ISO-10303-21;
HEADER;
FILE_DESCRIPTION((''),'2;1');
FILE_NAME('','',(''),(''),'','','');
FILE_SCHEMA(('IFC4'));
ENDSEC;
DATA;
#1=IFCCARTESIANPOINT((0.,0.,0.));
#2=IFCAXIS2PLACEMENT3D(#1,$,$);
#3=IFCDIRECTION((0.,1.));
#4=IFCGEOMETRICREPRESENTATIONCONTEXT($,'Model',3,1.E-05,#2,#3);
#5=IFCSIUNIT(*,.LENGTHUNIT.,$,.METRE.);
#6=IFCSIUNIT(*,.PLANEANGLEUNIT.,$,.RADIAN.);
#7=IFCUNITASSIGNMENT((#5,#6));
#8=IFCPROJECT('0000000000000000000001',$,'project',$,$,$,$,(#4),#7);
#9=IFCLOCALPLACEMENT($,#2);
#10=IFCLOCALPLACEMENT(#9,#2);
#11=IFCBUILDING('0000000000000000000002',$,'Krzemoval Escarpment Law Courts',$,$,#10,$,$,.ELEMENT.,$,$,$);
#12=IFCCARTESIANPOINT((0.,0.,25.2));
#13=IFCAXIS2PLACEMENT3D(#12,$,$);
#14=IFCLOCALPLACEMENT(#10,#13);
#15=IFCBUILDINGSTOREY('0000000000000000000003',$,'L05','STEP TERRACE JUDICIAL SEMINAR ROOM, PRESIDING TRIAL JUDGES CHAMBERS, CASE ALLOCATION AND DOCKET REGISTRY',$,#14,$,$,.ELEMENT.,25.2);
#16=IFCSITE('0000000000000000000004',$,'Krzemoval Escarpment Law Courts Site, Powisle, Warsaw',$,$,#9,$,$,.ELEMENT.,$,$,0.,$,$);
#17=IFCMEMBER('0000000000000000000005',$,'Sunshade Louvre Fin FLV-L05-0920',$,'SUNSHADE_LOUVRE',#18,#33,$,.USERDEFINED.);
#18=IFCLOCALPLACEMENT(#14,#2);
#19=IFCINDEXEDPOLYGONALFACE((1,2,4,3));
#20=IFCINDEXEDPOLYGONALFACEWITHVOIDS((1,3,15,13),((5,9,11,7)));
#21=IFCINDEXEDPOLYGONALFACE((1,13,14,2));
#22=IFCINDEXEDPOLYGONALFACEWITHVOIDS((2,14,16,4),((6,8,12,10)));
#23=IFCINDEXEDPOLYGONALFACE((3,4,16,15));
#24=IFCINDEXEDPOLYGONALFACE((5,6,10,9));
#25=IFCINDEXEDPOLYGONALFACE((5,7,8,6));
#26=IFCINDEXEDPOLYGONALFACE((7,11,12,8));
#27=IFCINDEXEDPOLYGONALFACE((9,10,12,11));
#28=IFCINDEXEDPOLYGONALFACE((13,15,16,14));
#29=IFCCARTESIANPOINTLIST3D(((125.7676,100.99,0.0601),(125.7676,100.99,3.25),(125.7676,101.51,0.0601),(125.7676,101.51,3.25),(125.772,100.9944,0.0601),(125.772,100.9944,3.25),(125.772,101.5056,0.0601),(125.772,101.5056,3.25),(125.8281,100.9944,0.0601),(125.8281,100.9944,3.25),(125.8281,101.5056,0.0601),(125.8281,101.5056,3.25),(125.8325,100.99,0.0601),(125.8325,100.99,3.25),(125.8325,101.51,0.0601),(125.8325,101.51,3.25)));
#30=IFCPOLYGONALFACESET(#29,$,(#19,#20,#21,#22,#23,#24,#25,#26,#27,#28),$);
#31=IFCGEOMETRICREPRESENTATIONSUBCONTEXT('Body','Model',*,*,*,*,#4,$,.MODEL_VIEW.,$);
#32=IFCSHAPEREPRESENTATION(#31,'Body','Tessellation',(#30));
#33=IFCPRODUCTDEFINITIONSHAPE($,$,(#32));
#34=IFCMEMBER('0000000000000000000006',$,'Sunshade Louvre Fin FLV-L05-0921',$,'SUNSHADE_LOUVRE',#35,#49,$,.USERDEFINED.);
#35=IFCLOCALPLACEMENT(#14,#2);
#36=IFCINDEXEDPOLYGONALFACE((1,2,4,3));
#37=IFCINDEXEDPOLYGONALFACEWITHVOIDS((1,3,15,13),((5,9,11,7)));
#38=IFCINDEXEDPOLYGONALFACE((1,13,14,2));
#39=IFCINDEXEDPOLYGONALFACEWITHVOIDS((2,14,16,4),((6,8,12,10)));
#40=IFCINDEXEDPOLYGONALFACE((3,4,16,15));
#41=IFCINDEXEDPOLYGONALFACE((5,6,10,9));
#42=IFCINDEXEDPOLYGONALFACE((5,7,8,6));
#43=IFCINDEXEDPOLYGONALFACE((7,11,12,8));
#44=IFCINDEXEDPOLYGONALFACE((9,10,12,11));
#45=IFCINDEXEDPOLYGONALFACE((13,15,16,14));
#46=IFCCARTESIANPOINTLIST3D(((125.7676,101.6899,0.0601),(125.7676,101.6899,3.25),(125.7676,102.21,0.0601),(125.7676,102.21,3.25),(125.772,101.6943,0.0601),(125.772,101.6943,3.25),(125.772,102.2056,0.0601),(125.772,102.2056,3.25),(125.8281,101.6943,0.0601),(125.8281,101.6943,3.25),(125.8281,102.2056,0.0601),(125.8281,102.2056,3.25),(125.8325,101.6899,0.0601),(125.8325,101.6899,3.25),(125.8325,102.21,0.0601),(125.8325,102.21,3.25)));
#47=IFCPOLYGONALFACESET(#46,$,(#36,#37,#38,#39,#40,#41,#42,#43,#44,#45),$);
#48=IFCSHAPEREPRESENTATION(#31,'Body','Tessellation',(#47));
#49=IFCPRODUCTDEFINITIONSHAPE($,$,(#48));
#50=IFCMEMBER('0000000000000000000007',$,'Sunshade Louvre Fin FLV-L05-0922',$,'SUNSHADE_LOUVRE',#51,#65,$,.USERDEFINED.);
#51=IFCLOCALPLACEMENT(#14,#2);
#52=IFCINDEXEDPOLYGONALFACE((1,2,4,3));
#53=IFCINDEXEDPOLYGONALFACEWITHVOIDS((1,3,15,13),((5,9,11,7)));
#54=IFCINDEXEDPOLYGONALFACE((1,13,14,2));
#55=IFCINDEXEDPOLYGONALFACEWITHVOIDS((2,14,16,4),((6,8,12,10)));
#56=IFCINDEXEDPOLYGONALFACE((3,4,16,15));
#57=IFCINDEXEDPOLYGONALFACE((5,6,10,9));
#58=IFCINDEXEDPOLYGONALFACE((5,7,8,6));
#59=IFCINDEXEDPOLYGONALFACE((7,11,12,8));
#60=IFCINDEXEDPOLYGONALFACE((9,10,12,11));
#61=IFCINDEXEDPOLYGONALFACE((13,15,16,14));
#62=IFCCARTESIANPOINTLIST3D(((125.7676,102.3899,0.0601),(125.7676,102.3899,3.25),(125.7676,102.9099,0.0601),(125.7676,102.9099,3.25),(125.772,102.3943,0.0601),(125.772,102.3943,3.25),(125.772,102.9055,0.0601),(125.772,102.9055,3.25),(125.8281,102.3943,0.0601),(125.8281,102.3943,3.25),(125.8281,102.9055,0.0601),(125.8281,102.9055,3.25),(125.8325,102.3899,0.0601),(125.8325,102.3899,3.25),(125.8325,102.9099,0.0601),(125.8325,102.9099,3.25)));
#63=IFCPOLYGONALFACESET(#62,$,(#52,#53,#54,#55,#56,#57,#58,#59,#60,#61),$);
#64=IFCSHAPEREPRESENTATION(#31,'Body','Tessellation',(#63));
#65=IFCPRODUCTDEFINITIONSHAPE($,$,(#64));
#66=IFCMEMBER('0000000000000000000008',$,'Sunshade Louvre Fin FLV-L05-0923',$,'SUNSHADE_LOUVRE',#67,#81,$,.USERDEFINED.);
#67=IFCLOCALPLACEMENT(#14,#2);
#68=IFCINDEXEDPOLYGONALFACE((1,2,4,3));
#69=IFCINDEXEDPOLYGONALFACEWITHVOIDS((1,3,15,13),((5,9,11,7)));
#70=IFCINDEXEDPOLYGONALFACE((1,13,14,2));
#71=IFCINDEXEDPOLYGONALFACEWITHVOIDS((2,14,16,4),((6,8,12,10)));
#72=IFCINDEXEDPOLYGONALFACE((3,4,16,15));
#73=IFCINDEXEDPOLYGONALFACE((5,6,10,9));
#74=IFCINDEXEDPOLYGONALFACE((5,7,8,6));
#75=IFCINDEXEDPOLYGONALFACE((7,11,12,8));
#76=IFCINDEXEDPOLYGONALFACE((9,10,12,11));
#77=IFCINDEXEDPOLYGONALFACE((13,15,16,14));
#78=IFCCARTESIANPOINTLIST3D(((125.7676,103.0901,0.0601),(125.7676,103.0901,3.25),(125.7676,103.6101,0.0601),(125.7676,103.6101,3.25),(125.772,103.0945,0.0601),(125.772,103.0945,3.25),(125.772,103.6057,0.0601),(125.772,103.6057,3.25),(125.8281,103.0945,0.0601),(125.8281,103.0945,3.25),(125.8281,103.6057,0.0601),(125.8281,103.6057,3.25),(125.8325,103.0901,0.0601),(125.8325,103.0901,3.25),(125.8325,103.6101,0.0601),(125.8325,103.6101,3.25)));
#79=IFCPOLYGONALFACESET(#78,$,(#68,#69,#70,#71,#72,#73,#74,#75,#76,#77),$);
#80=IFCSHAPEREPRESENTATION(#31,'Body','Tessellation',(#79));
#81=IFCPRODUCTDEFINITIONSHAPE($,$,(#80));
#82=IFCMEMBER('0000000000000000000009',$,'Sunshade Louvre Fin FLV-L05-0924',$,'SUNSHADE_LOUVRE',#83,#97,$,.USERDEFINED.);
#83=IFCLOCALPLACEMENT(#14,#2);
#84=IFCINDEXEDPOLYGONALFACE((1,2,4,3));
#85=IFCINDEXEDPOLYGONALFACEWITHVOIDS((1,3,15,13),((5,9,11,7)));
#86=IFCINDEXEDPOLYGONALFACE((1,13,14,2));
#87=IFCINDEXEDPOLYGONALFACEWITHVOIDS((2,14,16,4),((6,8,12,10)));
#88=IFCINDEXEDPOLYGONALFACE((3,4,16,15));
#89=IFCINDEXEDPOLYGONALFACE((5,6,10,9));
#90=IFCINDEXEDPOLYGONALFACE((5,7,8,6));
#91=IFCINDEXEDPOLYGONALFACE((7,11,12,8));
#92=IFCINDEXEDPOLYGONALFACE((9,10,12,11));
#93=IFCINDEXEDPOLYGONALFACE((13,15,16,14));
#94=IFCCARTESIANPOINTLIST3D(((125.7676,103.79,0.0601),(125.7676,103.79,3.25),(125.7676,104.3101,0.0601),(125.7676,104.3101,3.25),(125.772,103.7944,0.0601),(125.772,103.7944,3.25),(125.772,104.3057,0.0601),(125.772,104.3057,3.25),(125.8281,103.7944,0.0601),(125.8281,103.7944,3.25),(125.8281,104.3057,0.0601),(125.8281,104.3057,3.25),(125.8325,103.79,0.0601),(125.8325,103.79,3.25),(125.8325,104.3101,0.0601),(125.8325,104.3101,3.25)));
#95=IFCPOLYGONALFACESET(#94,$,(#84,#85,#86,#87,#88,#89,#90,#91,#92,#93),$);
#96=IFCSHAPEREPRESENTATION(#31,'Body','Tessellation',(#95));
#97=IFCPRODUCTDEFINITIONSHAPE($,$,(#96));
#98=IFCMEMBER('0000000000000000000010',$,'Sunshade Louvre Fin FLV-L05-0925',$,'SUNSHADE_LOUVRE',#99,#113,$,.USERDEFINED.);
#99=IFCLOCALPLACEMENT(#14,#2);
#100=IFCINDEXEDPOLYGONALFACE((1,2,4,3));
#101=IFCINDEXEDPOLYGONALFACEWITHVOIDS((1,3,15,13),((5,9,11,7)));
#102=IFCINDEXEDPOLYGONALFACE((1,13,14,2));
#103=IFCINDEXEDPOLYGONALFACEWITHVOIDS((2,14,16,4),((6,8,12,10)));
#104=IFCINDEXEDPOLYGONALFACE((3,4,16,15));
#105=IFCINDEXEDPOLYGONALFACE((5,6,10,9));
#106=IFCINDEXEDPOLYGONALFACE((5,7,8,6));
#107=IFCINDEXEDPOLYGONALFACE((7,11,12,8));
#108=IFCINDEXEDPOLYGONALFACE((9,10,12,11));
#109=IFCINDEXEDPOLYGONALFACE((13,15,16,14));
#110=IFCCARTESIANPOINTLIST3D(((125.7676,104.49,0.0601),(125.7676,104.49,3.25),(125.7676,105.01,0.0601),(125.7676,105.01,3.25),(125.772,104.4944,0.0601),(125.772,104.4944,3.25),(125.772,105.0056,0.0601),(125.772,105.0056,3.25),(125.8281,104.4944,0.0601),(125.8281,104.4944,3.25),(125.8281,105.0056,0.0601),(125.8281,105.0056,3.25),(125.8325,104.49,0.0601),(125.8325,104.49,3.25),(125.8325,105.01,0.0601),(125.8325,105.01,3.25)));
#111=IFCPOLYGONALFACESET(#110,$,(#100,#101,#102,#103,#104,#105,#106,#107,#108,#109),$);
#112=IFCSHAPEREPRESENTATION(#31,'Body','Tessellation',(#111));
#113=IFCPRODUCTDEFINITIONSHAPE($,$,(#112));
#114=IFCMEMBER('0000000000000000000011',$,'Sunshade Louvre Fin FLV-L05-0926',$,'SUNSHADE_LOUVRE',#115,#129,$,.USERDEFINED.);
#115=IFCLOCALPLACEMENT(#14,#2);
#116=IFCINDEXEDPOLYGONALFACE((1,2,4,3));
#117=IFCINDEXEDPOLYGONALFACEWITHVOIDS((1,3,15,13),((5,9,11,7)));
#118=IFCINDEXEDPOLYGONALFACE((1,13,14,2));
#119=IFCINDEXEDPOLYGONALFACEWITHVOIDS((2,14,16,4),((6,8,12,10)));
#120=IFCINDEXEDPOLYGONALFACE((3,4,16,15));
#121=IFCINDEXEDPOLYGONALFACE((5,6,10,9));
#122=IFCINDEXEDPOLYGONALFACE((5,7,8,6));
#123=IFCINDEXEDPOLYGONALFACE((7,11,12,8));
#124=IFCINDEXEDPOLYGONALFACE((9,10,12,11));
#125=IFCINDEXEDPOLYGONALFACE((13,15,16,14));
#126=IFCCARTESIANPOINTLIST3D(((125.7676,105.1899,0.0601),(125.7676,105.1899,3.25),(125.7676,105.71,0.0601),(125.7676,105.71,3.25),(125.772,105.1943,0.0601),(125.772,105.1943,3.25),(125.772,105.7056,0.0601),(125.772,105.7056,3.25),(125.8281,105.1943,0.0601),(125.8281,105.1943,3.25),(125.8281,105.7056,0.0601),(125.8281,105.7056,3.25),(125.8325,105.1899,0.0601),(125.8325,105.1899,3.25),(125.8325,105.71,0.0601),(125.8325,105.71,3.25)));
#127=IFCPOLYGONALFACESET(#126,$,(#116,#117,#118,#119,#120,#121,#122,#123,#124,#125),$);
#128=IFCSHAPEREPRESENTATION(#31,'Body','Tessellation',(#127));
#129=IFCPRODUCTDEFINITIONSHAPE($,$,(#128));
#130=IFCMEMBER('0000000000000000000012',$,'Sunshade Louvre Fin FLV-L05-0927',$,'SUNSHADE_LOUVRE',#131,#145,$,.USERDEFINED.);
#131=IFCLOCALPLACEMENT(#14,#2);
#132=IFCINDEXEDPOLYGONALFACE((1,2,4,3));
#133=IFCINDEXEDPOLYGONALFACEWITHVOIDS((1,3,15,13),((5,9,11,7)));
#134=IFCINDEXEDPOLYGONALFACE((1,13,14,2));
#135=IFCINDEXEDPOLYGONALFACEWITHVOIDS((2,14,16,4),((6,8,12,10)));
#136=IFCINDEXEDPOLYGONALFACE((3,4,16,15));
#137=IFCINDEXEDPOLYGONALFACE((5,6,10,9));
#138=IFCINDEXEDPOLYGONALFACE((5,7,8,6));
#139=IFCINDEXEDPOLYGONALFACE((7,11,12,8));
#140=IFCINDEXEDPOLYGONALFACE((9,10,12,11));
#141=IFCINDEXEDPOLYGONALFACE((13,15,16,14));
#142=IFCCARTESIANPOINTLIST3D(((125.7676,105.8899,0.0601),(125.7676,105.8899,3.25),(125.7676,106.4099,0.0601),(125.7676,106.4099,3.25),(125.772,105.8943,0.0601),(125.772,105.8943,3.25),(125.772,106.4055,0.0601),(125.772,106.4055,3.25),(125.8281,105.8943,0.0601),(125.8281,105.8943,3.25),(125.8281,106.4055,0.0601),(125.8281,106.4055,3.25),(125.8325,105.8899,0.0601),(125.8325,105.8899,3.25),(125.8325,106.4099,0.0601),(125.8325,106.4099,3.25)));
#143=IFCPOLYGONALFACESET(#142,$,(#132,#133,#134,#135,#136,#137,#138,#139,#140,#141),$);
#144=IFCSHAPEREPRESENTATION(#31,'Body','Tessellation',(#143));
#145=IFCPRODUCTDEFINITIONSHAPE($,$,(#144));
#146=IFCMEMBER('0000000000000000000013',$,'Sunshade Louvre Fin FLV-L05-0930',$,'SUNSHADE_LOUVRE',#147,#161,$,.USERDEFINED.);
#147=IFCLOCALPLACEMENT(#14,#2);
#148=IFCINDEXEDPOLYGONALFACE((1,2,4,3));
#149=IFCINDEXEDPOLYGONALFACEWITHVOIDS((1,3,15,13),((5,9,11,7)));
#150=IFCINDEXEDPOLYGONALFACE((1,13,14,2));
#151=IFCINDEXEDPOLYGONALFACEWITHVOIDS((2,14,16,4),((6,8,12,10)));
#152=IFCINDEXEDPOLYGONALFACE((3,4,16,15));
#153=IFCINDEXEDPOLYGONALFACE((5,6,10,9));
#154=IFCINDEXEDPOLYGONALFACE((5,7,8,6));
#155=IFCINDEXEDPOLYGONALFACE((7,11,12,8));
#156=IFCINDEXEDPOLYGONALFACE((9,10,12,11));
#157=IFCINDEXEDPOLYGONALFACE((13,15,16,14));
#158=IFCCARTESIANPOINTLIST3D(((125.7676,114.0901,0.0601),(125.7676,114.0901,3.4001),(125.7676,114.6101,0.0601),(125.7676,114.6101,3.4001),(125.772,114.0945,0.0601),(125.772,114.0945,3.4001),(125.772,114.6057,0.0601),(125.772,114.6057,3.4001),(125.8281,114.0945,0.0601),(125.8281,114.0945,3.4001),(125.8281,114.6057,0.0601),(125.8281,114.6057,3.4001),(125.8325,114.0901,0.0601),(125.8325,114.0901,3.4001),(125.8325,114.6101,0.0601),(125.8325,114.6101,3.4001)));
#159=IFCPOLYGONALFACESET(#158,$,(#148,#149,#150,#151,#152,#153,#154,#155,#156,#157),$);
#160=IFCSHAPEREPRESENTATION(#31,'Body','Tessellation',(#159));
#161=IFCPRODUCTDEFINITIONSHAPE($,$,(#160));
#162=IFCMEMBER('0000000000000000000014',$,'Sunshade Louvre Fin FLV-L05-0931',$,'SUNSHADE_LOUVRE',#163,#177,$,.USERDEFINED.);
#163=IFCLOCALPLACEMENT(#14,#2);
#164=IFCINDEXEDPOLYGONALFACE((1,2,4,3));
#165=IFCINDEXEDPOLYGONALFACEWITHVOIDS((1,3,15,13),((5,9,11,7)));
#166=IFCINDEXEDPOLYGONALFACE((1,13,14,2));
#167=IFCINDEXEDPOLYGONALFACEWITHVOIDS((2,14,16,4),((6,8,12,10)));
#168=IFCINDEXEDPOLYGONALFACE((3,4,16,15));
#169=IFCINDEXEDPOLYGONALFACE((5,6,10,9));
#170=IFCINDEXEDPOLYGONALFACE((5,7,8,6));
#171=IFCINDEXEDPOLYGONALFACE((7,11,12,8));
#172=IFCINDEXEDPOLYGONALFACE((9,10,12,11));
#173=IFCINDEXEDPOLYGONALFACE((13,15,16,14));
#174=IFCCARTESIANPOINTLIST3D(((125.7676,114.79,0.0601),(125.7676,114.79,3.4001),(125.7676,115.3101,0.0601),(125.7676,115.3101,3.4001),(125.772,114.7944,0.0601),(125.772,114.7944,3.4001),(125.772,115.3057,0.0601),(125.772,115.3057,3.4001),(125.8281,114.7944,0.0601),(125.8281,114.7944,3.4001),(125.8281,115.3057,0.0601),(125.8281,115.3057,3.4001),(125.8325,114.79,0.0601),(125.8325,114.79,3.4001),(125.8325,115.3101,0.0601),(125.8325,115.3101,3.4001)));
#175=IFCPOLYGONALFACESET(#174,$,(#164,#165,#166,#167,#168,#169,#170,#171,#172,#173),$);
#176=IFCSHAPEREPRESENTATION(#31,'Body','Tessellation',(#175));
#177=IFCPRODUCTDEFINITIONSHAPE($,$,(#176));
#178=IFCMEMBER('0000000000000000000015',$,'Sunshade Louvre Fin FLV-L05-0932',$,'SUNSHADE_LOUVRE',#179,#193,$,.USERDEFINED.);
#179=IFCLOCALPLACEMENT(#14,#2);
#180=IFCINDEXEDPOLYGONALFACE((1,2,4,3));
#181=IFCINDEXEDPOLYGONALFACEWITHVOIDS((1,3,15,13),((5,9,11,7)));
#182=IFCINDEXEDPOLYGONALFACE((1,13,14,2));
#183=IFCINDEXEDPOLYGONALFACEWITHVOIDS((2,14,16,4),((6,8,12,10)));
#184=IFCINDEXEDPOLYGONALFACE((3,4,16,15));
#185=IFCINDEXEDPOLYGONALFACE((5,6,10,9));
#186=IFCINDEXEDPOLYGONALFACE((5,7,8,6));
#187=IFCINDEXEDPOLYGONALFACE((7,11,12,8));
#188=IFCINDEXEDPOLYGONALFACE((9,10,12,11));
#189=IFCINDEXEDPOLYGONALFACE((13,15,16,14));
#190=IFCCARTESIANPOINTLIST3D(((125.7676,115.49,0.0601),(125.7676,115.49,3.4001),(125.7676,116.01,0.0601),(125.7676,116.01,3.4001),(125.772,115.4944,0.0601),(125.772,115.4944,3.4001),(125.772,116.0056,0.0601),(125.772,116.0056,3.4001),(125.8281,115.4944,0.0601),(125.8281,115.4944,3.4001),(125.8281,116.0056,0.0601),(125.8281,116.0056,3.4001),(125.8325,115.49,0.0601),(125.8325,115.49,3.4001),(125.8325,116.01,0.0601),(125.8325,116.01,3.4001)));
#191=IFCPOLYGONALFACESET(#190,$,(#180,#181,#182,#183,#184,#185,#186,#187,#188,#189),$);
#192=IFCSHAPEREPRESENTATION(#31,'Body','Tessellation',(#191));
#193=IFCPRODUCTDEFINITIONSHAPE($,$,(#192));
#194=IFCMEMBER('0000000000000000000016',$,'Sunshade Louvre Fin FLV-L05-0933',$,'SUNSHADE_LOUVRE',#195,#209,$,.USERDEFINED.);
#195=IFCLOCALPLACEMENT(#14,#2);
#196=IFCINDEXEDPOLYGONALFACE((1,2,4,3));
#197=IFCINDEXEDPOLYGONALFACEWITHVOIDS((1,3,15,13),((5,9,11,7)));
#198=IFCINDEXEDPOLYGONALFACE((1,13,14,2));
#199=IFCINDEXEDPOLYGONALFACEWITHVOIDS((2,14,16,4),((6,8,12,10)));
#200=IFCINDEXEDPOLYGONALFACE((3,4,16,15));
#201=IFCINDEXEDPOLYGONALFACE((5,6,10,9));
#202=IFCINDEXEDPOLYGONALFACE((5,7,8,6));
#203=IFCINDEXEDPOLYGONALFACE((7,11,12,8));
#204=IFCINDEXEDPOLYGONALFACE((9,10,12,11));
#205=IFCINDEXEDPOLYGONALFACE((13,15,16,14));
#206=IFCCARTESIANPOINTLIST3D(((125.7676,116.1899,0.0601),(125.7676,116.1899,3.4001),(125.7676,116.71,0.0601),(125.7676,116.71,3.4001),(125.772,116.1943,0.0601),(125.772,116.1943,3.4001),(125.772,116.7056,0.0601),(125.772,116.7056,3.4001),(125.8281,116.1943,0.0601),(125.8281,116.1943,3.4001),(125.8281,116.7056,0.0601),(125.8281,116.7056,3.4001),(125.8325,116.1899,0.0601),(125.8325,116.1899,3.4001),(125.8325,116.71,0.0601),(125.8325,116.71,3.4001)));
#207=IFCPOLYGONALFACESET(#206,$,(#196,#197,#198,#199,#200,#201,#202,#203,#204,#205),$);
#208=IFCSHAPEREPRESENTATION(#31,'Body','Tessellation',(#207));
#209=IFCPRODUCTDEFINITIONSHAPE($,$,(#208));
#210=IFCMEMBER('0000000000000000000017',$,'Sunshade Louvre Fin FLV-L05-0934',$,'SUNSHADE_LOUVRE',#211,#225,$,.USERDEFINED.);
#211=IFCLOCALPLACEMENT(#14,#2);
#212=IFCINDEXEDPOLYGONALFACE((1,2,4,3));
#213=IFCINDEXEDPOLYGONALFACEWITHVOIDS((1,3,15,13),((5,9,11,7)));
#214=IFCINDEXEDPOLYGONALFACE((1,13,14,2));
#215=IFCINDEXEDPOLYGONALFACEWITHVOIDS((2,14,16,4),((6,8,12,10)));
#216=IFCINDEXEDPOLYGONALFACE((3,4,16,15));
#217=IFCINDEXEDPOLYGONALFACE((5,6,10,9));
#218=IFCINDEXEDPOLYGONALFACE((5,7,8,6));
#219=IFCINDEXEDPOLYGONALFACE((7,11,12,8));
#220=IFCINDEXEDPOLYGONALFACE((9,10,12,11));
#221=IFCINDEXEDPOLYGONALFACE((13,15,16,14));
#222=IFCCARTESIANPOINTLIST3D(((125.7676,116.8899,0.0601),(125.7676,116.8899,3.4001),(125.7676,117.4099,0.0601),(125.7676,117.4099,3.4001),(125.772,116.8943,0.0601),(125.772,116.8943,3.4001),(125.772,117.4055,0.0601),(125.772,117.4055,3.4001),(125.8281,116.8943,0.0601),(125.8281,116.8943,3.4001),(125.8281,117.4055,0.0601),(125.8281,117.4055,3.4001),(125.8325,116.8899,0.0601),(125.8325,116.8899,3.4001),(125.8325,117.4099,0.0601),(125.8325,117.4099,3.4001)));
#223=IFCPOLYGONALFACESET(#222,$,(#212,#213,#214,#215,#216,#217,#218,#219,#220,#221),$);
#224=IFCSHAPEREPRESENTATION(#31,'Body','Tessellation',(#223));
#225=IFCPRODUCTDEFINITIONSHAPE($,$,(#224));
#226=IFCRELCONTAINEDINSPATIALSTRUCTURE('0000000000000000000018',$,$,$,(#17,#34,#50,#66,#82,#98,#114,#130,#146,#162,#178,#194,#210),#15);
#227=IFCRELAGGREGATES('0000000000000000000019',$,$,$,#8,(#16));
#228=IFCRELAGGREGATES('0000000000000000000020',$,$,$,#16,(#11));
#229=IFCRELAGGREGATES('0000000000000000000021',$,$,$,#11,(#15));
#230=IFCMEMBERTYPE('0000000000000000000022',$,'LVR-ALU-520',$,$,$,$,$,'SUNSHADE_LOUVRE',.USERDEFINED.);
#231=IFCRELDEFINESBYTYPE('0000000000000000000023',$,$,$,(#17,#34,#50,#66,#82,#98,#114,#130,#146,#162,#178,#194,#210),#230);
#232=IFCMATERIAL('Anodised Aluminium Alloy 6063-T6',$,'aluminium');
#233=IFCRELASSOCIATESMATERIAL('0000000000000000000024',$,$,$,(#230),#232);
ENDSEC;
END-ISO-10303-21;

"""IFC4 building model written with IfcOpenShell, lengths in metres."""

from ifc_helpers import new_model, si_unit, direction, frame, origin, origin_2d, place, context, subcontext, project, spatial, hollow_rectangle, extrude, material, material_profile, profile_set, type_object, element, save


model = new_model("IFC4")

# Units and contexts
model_context = context("Model", 3, precision=1e-05, world=origin(), true_north=direction((0.0, 1.0)))
body_context = subcontext(model_context, "Body", "Model", "MODEL_VIEW")
ifc_project = project(units=[si_unit("LENGTHUNIT", "METRE"), si_unit("PLANEANGLEUNIT", "RADIAN")], contexts=[model_context])

# Site, building, storey
site_placement = place(None, origin())
site = spatial("IfcSite", under=ifc_project, at=site_placement, Name="Krzemoval Escarpment Law Courts Site, Powisle, Warsaw", CompositionType="ELEMENT", RefElevation=0.0)
building_placement = place(site_placement, origin())
building = spatial("IfcBuilding", under=site, at=building_placement, Name="Krzemoval Escarpment Law Courts", CompositionType="ELEMENT")
storey_placement = place(building_placement, frame((0.0, 0.0, 25.2)))
storey = spatial("IfcBuildingStorey", under=building, at=storey_placement, Name="L05", Description="STEP TERRACE JUDICIAL SEMINAR ROOM, PRESIDING TRIAL JUDGES CHAMBERS, CASE ALLOCATION AND DOCKET REGISTRY", CompositionType="ELEMENT", Elevation=25.2)

# Members
ifc_material_1 = material(Name="Anodised Aluminium Alloy 6063-T6", Category="aluminium")
ifc_material_profile_1 = material_profile(ifc_material_1, hollow_rectangle(XDim=0.0649, YDim=0.52, WallThickness=0.0044, at=origin_2d()), Name="ALU LVR 65x520")
ifc_profile_set_1 = profile_set([ifc_material_profile_1], Name="Anodised Aluminium Alloy 6063-T6")
member_type_1 = type_object("IfcMemberType", Name="LVR-ALU-520", ElementType="SUNSHADE_LOUVRE", PredefinedType="USERDEFINED", material=ifc_profile_set_1)
for number, where, z_axis, x_axis, name in (
    (1, (125.8, 101.25, 0.0601), (0.0, 0.0, 1.0), (1.0, 0.0, 0.0), "Sunshade Louvre Fin FLV-L05-0920"),
    (2, (125.8, 101.95, 0.0601), (0.0, 0.0, 1.0), (1.0, 0.0, 0.0), "Sunshade Louvre Fin FLV-L05-0921"),
    (3, (125.8, 102.6499, 0.0601), (0.0, 0.0, 1.0), (1.0, 0.0, 0.0), "Sunshade Louvre Fin FLV-L05-0922"),
    (4, (125.8, 103.3501, 0.0601), (0.0, 0.0, 1.0), (1.0, 0.0, 0.0), "Sunshade Louvre Fin FLV-L05-0923"),
    (5, (125.8, 104.05, 0.0601), (0.0, 0.0, 1.0), (1.0, 0.0, 0.0), "Sunshade Louvre Fin FLV-L05-0924"),
    (6, (125.8, 104.75, 0.0601), (0.0, 0.0, 1.0), (1.0, 0.0, 0.0), "Sunshade Louvre Fin FLV-L05-0925"),
    (7, (125.8, 105.45, 0.0601), (0.0, 0.0, 1.0), (1.0, 0.0, 0.0), "Sunshade Louvre Fin FLV-L05-0926"),
    (8, (125.8, 106.1499, 0.0601), (0.0, 0.0, 1.0), (1.0, 0.0, 0.0), "Sunshade Louvre Fin FLV-L05-0927"),
):
    element("IfcMember", number, at=place(storey_placement, frame(where, z_axis=z_axis, x_axis=x_axis)), inside=storey, type_object=member_type_1, Name=name, ObjectType="SUNSHADE_LOUVRE", PredefinedType="USERDEFINED", context=body_context, shape_type="SweptSolid", body=[
        extrude(hollow_rectangle(XDim=0.0649, YDim=0.52, WallThickness=0.0044, at=origin_2d()), origin(), (0.0, 0.0, 1.0), 3.1899),
    ])
for number, where, z_axis, x_axis, name in (
    (9, (125.8, 114.3501, 0.0601), (0.0, 0.0, 1.0), (1.0, 0.0, 0.0), "Sunshade Louvre Fin FLV-L05-0930"),
    (10, (125.8, 115.05, 0.0601), (0.0, 0.0, 1.0), (1.0, 0.0, 0.0), "Sunshade Louvre Fin FLV-L05-0931"),
    (11, (125.8, 115.75, 0.0601), (0.0, 0.0, 1.0), (1.0, 0.0, 0.0), "Sunshade Louvre Fin FLV-L05-0932"),
    (12, (125.8, 116.45, 0.0601), (0.0, 0.0, 1.0), (1.0, 0.0, 0.0), "Sunshade Louvre Fin FLV-L05-0933"),
    (13, (125.8, 117.1499, 0.0601), (0.0, 0.0, 1.0), (1.0, 0.0, 0.0), "Sunshade Louvre Fin FLV-L05-0934"),
):
    element("IfcMember", number, at=place(storey_placement, frame(where, z_axis=z_axis, x_axis=x_axis)), inside=storey, type_object=member_type_1, Name=name, ObjectType="SUNSHADE_LOUVRE", PredefinedType="USERDEFINED", context=body_context, shape_type="SweptSolid", body=[
        extrude(hollow_rectangle(XDim=0.0649, YDim=0.52, WallThickness=0.0044, at=origin_2d()), origin(), (0.0, 0.0, 1.0), 3.3401),
    ])

save(model, "model.ifc")
